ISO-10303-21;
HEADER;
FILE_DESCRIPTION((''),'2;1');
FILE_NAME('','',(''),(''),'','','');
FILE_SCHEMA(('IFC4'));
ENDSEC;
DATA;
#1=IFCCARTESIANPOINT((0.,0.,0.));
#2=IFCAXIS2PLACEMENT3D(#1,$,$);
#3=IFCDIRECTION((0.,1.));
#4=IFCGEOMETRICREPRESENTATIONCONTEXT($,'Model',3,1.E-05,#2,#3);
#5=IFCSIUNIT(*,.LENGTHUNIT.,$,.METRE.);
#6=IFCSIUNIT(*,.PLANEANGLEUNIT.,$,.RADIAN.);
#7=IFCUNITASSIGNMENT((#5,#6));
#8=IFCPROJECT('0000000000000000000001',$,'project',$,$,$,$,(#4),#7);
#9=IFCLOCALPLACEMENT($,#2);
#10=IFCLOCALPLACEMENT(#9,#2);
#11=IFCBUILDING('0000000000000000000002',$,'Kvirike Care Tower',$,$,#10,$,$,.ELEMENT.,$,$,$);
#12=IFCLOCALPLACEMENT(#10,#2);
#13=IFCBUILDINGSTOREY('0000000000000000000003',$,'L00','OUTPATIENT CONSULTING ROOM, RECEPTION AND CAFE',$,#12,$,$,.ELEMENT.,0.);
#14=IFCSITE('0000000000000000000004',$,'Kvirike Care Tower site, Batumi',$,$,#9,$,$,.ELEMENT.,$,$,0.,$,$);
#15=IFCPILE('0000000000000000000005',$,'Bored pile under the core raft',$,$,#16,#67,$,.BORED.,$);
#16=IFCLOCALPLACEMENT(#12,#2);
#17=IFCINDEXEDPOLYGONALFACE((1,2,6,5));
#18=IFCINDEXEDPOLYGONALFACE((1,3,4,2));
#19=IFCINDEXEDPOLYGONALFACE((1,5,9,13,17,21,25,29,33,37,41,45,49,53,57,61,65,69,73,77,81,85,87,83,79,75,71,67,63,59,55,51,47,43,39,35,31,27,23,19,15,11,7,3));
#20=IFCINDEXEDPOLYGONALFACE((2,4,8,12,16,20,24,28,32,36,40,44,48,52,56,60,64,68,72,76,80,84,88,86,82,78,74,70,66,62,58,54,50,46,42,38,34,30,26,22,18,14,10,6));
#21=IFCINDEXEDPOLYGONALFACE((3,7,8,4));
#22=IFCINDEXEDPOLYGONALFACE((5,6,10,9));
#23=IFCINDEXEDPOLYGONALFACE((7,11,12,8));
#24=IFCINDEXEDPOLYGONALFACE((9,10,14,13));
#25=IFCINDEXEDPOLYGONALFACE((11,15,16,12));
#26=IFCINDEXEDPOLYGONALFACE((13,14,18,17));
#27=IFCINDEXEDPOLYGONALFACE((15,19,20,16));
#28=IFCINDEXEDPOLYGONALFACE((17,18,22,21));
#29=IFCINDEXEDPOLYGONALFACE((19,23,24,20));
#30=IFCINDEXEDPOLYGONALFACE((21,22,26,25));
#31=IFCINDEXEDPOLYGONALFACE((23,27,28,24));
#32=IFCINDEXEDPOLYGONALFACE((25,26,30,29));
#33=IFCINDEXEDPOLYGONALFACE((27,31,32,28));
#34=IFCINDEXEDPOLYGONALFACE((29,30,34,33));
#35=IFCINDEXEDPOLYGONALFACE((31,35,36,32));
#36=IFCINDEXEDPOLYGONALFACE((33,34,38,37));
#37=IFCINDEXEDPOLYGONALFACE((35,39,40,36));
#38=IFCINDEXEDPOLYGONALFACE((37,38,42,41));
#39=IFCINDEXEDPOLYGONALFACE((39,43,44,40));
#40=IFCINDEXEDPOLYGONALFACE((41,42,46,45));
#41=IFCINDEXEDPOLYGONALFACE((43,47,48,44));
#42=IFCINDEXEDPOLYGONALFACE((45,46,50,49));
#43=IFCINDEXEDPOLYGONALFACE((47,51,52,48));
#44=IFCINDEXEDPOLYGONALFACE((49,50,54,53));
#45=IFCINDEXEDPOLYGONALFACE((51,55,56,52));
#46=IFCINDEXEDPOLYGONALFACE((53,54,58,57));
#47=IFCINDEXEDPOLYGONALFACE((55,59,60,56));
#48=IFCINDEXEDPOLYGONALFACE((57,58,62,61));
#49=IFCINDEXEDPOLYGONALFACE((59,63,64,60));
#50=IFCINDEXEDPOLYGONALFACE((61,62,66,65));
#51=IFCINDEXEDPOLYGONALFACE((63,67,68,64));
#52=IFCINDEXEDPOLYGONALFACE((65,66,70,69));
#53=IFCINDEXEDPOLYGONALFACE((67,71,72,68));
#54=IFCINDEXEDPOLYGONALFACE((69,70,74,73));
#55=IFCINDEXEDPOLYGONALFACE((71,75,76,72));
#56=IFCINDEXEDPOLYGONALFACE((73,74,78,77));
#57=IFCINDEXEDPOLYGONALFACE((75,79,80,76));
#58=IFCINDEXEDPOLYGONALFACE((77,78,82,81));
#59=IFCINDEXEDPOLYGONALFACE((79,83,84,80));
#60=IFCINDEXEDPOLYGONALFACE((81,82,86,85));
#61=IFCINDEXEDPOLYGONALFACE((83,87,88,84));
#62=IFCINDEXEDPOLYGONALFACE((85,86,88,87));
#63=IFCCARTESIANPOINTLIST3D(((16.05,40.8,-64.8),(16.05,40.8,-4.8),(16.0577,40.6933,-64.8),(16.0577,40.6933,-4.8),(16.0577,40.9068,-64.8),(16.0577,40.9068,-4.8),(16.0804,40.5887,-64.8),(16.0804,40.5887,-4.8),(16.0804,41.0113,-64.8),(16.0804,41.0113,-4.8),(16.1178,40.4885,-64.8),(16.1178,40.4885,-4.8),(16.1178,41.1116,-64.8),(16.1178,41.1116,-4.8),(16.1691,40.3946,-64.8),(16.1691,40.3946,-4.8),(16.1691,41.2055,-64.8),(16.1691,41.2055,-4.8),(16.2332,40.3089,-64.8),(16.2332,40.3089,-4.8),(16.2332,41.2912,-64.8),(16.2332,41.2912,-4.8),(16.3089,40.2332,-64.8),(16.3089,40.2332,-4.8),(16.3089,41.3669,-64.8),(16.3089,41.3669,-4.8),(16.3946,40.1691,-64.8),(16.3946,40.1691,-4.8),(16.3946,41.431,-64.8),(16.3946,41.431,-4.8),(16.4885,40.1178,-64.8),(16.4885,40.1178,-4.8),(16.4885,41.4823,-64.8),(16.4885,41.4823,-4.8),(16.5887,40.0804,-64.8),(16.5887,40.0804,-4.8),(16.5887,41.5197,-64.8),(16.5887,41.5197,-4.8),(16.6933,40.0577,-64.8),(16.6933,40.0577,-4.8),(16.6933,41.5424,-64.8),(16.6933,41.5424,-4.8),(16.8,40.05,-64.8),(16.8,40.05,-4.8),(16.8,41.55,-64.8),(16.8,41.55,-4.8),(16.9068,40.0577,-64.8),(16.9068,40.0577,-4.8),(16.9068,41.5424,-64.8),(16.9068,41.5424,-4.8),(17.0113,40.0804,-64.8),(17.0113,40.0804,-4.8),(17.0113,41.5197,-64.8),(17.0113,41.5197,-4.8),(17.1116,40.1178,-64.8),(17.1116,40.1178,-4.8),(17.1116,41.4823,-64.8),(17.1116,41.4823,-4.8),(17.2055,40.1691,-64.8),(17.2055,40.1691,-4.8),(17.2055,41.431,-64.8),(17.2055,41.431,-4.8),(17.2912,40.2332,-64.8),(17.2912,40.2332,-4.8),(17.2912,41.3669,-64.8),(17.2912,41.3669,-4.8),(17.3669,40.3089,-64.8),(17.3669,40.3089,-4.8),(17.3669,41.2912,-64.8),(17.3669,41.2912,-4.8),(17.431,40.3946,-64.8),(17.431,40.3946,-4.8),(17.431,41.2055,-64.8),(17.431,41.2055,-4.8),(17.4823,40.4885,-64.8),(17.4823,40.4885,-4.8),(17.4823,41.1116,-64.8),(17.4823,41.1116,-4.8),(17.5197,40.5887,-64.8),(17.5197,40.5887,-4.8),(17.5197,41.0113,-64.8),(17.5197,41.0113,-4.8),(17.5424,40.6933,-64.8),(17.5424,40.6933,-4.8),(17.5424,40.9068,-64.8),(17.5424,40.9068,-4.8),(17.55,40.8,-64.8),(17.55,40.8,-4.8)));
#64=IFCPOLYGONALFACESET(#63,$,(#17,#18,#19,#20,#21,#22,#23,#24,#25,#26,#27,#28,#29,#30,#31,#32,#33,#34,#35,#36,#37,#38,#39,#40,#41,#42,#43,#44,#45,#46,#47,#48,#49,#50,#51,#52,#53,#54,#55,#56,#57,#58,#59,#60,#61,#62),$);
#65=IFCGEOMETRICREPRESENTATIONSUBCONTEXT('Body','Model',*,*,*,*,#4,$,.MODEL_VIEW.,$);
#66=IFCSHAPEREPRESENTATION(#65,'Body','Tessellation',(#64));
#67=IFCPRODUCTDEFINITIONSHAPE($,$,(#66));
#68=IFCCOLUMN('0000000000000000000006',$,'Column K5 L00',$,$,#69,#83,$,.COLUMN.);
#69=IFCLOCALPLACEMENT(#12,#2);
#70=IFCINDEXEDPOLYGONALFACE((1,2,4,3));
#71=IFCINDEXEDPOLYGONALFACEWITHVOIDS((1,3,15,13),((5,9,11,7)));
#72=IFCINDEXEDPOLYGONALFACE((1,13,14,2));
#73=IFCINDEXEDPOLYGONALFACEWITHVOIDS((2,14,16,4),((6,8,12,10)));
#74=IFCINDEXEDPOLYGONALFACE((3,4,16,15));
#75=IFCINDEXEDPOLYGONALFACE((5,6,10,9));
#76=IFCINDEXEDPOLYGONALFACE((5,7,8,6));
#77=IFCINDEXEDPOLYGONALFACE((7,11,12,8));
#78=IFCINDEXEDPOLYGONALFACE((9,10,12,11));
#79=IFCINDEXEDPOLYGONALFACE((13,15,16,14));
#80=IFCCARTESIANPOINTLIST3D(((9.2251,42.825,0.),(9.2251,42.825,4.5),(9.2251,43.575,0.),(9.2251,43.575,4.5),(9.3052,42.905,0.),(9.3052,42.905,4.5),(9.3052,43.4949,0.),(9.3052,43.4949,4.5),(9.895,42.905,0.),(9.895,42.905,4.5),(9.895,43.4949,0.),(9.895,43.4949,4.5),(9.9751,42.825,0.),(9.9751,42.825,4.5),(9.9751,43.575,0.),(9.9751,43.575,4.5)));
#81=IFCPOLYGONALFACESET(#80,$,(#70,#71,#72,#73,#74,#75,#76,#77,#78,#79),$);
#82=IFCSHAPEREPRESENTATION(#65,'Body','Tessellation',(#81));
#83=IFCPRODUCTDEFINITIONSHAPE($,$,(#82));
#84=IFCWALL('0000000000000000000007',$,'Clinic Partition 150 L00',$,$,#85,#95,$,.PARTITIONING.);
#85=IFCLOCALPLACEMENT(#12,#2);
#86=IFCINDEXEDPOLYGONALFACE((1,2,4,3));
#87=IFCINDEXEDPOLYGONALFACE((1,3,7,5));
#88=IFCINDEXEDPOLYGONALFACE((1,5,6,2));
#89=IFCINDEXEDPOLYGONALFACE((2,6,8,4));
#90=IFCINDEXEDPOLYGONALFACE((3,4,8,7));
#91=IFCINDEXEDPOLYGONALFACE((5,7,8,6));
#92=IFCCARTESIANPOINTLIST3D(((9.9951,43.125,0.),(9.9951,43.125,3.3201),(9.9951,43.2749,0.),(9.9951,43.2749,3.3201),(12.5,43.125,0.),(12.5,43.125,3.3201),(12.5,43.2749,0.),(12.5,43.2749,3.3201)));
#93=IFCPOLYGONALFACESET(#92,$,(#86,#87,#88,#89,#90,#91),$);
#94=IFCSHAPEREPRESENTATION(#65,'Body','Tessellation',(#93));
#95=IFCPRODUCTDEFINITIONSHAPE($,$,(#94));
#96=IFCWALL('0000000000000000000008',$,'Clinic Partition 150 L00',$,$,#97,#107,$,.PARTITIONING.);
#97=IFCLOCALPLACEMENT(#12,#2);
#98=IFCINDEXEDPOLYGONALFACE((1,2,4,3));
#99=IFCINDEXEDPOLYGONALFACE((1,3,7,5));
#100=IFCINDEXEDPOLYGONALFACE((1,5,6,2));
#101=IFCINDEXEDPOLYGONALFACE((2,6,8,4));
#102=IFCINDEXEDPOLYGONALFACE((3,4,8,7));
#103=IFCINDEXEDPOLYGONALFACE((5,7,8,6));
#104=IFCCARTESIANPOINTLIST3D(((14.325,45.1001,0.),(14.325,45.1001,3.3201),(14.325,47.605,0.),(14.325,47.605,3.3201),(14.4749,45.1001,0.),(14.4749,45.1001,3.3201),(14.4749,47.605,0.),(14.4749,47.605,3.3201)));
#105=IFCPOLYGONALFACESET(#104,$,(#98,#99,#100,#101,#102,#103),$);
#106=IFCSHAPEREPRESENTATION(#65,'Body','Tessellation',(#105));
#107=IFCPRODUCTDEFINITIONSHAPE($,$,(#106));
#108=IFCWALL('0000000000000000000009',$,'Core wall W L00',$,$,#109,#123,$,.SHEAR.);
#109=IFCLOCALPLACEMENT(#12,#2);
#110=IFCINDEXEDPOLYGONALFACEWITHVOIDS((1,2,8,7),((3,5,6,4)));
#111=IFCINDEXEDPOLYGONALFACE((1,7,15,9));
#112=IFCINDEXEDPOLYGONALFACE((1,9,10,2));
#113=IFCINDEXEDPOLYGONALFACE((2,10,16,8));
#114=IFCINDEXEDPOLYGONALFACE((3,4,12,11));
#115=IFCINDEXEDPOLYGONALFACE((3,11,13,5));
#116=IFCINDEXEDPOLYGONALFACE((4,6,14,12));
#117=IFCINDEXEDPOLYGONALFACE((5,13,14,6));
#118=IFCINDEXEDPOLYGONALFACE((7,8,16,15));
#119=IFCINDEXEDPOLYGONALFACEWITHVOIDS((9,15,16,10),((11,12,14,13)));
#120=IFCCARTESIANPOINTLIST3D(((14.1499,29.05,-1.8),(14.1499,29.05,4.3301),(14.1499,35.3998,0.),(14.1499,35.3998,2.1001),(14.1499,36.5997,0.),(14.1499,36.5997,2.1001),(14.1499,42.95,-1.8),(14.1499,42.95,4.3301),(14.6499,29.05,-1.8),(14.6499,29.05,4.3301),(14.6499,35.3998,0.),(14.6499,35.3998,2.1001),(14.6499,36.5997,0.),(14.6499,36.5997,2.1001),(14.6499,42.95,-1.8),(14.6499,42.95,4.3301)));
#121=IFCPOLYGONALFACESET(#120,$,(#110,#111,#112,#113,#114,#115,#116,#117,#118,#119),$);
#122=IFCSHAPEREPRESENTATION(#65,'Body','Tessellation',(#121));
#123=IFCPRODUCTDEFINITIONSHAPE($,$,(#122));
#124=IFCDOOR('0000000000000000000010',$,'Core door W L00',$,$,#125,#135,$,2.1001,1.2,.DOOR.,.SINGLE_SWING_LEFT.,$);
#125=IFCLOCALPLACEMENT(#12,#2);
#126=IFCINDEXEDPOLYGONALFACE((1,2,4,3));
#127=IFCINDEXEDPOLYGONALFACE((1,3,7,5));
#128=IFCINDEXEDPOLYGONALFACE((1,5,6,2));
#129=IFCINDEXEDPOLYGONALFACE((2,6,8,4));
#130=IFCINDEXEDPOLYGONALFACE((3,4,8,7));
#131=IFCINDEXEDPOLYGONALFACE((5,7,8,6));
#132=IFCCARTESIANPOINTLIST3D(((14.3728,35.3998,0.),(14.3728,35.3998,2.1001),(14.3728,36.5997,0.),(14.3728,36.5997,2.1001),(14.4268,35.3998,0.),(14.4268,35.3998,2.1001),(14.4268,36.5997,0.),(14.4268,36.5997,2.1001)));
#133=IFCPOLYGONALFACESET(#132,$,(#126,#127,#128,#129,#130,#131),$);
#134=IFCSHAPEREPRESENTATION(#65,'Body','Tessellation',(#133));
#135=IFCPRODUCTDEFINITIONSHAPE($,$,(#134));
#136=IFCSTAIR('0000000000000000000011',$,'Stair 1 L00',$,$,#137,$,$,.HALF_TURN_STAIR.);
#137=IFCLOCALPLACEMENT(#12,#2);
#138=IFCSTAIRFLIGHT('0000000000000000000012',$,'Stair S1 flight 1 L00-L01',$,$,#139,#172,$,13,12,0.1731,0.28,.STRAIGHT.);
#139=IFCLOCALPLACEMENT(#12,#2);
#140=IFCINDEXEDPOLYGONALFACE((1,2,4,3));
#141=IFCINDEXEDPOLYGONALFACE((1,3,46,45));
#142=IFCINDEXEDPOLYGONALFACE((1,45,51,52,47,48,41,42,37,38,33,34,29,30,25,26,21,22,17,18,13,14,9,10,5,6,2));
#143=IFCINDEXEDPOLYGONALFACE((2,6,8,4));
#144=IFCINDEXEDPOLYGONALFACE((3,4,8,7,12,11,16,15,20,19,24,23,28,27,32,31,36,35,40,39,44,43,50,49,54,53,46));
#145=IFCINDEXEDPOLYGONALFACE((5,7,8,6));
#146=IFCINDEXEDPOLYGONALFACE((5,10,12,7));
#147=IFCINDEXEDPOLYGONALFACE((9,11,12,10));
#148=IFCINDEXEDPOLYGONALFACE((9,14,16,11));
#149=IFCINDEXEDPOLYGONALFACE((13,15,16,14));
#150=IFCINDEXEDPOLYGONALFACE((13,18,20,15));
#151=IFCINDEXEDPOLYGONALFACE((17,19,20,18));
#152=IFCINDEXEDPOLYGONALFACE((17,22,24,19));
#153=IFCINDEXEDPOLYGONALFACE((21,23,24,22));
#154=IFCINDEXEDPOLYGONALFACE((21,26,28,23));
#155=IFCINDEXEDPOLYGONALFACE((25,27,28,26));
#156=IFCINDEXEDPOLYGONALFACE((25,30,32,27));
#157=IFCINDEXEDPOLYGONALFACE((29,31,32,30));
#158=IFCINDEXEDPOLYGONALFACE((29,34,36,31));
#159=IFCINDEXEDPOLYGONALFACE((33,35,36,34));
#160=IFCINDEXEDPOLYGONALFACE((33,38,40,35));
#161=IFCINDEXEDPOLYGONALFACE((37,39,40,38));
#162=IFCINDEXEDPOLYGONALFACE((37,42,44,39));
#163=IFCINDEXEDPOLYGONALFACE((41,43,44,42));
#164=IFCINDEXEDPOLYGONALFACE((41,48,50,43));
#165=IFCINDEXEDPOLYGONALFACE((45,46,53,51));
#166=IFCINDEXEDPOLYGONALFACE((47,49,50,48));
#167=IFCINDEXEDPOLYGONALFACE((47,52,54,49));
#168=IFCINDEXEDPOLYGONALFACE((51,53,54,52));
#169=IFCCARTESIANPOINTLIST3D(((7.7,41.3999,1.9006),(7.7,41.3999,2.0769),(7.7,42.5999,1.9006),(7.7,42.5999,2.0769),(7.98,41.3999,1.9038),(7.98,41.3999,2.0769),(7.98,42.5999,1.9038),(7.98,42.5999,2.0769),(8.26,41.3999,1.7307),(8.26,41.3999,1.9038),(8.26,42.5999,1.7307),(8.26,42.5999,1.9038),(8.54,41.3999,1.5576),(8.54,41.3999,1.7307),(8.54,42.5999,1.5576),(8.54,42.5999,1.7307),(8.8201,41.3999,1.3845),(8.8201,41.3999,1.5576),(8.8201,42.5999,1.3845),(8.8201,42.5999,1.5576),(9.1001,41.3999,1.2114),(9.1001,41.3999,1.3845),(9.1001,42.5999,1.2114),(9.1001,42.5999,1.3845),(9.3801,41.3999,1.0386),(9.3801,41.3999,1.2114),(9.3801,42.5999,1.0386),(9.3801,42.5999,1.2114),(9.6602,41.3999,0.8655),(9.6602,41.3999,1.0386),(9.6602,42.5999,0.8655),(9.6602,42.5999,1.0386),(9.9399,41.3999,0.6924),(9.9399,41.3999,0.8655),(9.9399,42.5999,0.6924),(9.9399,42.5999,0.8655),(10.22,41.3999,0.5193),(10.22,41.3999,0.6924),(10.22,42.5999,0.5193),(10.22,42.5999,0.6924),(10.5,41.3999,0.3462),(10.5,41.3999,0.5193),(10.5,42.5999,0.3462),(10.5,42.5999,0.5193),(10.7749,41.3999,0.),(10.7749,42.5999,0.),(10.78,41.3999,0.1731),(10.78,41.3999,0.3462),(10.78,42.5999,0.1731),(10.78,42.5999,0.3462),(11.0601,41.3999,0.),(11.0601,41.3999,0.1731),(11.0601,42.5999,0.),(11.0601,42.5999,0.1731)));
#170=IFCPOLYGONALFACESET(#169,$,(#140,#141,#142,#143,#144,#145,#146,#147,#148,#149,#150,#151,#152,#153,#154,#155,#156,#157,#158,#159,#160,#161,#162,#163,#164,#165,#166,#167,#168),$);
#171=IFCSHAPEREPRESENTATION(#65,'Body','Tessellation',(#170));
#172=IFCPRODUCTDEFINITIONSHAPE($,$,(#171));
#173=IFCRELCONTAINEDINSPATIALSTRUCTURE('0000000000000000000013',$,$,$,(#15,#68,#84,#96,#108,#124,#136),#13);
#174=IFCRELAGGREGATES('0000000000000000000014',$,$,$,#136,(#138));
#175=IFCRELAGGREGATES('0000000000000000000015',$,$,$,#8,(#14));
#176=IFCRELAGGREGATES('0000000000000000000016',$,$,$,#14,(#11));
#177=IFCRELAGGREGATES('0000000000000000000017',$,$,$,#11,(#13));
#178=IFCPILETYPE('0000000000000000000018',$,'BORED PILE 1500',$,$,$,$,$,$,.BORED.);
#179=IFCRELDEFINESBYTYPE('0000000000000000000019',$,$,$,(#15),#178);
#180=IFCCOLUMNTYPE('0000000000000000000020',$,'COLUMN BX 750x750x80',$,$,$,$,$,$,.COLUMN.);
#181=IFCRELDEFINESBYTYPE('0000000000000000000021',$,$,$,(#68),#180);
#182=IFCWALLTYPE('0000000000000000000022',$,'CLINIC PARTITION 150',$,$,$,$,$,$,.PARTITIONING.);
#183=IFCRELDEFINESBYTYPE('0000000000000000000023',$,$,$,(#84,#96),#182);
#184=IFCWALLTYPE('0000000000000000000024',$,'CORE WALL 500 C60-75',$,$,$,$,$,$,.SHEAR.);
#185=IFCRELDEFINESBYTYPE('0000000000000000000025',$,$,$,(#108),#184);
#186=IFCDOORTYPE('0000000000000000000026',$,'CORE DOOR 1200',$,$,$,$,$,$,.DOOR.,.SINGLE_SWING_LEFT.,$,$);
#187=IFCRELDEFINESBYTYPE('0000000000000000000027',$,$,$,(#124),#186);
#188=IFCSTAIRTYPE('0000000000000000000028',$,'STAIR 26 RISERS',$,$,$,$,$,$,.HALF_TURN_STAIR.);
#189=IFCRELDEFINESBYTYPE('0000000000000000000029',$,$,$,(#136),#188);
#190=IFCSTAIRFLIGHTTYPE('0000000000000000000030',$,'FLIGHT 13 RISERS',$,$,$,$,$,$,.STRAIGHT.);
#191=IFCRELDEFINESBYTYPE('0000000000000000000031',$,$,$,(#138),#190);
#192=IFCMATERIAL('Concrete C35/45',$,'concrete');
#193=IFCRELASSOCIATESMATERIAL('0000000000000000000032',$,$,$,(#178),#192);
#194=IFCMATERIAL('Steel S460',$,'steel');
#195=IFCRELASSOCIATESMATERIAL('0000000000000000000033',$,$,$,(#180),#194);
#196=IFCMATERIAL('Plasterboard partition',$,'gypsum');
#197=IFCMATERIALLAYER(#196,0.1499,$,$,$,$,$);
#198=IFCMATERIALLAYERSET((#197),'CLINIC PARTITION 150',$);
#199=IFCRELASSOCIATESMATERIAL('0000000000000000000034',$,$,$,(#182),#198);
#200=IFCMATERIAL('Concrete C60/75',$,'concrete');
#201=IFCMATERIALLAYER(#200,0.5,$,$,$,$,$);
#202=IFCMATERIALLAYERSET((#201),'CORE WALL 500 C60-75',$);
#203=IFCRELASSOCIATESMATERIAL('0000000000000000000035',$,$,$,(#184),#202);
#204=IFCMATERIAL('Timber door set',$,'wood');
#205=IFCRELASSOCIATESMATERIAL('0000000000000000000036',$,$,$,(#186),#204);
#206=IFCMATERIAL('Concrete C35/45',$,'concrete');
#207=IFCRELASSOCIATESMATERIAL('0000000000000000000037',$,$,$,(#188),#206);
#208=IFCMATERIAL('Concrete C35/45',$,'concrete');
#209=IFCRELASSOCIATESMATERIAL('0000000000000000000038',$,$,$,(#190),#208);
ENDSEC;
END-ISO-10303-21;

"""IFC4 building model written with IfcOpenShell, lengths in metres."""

from ifc_helpers import new_model, si_unit, direction, frame, frame_2d, origin, origin_2d, place, context, subcontext, project, spatial, polyline, rectangle, hollow_rectangle, circle, outline, extrude, material, layer, layer_set, material_profile, profile_set, type_object, element, fill, aggregate, save


model = new_model("IFC4")

# Units and contexts
model_context = context("Model", 3, precision=1e-05, world=origin(), true_north=direction((0.0, 1.0)))
body_context = subcontext(model_context, "Body", "Model", "MODEL_VIEW")
ifc_project = project(units=[si_unit("LENGTHUNIT", "METRE"), si_unit("PLANEANGLEUNIT", "RADIAN")], contexts=[model_context])

# Site, building, storey
site_placement = place(None, origin())
site = spatial("IfcSite", under=ifc_project, at=site_placement, Name="Kvirike Care Tower site, Batumi", CompositionType="ELEMENT", RefElevation=0.0)
building_placement = place(site_placement, origin())
building = spatial("IfcBuilding", under=site, at=building_placement, Name="Kvirike Care Tower", CompositionType="ELEMENT")
storey_placement = place(building_placement, origin())
storey = spatial("IfcBuildingStorey", under=building, at=storey_placement, Name="L00", Description="OUTPATIENT CONSULTING ROOM, RECEPTION AND CAFE", CompositionType="ELEMENT", Elevation=0.0)

# Pile
ifc_material_1 = material(Name="Concrete C35/45", Category="concrete")
ifc_material_profile_1 = material_profile(ifc_material_1, circle(Radius=0.75, at=origin_2d()), Name="BORED PILE 1500")
ifc_profile_set_1 = profile_set([ifc_material_profile_1], Name="Concrete C35/45")
pile_type = type_object("IfcPileType", Name="BORED PILE 1500", PredefinedType="BORED", material=ifc_profile_set_1)
pile_placement = place(storey_placement, frame((16.8, 40.8, -4.8), z_axis=(0.0, 0.0, -1.0), x_axis=(1.0, 0.0, 0.0)))
element("IfcPile", 1, at=pile_placement, inside=storey, type_object=pile_type, Name="Bored pile under the core raft", PredefinedType="BORED", context=body_context, shape_type="SweptSolid", body=[
    extrude(circle(Radius=0.75, at=origin_2d()), origin(), (0.0, 0.0, 1.0), 60.0),
])

# Column
ifc_material_2 = material(Name="Steel S460", Category="steel")
ifc_material_profile_2 = material_profile(ifc_material_2, hollow_rectangle(XDim=0.75, YDim=0.75, WallThickness=0.0801, at=origin_2d()), Name="BX 750x750x80")
ifc_profile_set_2 = profile_set([ifc_material_profile_2], Name="Steel S460")
column_type = type_object("IfcColumnType", Name="COLUMN BX 750x750x80", PredefinedType="COLUMN", material=ifc_profile_set_2)
column_placement = place(storey_placement, frame((9.6001, 43.2, 0.0), z_axis=(0.0, 0.0, 1.0), x_axis=(0.0, 1.0, 0.0)))
element("IfcColumn", 2, at=column_placement, inside=storey, type_object=column_type, Name="Column K5 L00", PredefinedType="COLUMN", context=body_context, shape_type="SweptSolid", body=[
    extrude(hollow_rectangle(XDim=0.75, YDim=0.75, WallThickness=0.0801, at=origin_2d()), origin(), (0.0, 0.0, 1.0), 4.5),
])

# Walls
ifc_material_3 = material(Name="Plasterboard partition", Category="gypsum")
ifc_layer_1 = layer(ifc_material_3, 0.1499)
ifc_layer_set_1 = layer_set([ifc_layer_1], Name="CLINIC PARTITION 150")
wall_type_1 = type_object("IfcWallType", Name="CLINIC PARTITION 150", PredefinedType="PARTITIONING", material=ifc_layer_set_1)
for number, where, z_axis, x_axis, name in (
    (3, (12.5, 43.2, 0.0), (0.0, 0.0, 1.0), (-1.0, 0.0, 0.0), "Clinic Partition 150 L00"),
    (4, (14.3999, 45.1001, 0.0), (0.0, 0.0, 1.0), (0.0, 1.0, 0.0), "Clinic Partition 150 L00"),
):
    element("IfcWall", number, at=place(storey_placement, frame(where, z_axis=z_axis, x_axis=x_axis)), inside=storey, type_object=wall_type_1, Name=name, PredefinedType="PARTITIONING", context=body_context, shape_type="SweptSolid", body=[
        extrude(rectangle(XDim=2.5049, YDim=0.1499, at=frame_2d((1.2524, 0.0))), origin(), (0.0, 0.0, 1.0), 3.3201),
    ])

# Wall, opening, door
ifc_material_4 = material(Name="Concrete C60/75", Category="concrete")
ifc_layer_2 = layer(ifc_material_4, 0.5)
ifc_layer_set_2 = layer_set([ifc_layer_2], Name="CORE WALL 500 C60-75")
wall_type_2 = type_object("IfcWallType", Name="CORE WALL 500 C60-75", PredefinedType="SHEAR", material=ifc_layer_set_2)
wall_1_placement = place(storey_placement, frame((14.3999, 42.95, -1.8), z_axis=(0.0, 0.0, 1.0), x_axis=(0.0, -1.0, 0.0)))
wall_1 = element("IfcWall", 5, at=wall_1_placement, inside=storey, type_object=wall_type_2, Name="Core wall W L00", PredefinedType="SHEAR", context=body_context, shape_type="SweptSolid", body=[
    extrude(rectangle(XDim=13.8999, YDim=0.5, at=frame_2d((6.95, 0.0))), origin(), (0.0, 0.0, 1.0), 6.1301),
])
opening_1_placement = place(wall_1_placement, frame((6.3501, 0.0, 1.8)))
opening_1 = element("IfcOpeningElement", 6, at=opening_1_placement, cuts=wall_1, PredefinedType="OPENING", context=body_context, shape_type="SweptSolid", body=[
    extrude(rectangle(XDim=1.2, YDim=2.1001, at=frame_2d((0.6001, 1.05))), frame((0.0, 0.2605, 0.0), z_axis=(0.0, -1.0, 0.0), x_axis=(1.0, 0.0, 0.0)), (0.0, 0.0, 1.0), 0.521),
])
ifc_material_5 = material(Name="Timber door set", Category="wood")
door_type_1 = type_object("IfcDoorType", Name="CORE DOOR 1200", OperationType="SINGLE_SWING_LEFT", PredefinedType="DOOR", material=ifc_material_5)
door_1_placement = place(opening_1_placement, origin())
door_1 = element("IfcDoor", 7, at=door_1_placement, inside=storey, type_object=door_type_1, Name="Core door W L00", OperationType="SINGLE_SWING_LEFT", OverallHeight=2.1001, OverallWidth=1.2, PredefinedType="DOOR", context=body_context, shape_type="SweptSolid", body=[
    extrude(rectangle(XDim=1.2, YDim=2.1001, at=frame_2d((0.6001, 1.05))), frame((0.0, 0.0269, 0.0), z_axis=(0.0, -1.0, 0.0), x_axis=(1.0, 0.0, 0.0)), (0.0, 0.0, 1.0), 0.054),
])
fill(opening_1, door_1)

# Stair, stair flight
ifc_material_6 = material(Name="Concrete C35/45", Category="concrete")
stair_type = type_object("IfcStairType", Name="STAIR 26 RISERS", PredefinedType="HALF_TURN_STAIR", material=ifc_material_6)
stair_placement = place(storey_placement, origin())
stair = element("IfcStair", 8, at=stair_placement, inside=storey, type_object=stair_type, Name="Stair 1 L00", PredefinedType="HALF_TURN_STAIR")
ifc_material_7 = material(Name="Concrete C35/45", Category="concrete")
stair_flight_type = type_object("IfcStairFlightType", Name="FLIGHT 13 RISERS", PredefinedType="STRAIGHT", material=ifc_material_7)
stair_flight_placement = place(storey_placement, frame((11.0601, 42.0, 0.0), z_axis=(0.0, 0.0, 1.0), x_axis=(-1.0, 0.0, 0.0)))
stair_flight = element("IfcStairFlight", 9, at=stair_flight_placement, type_object=stair_flight_type, Name="Stair S1 flight 1 L00-L01", NumberOfRisers=13, NumberOfTreads=12, PredefinedType="STRAIGHT", RiserHeight=0.1731, TreadLength=0.28, context=body_context, shape_type="SweptSolid", body=[
    extrude(outline(polyline([(0.0, 0.0), (0.0, 0.1731), (0.28, 0.1731), (0.28, 0.3462), (0.5601, 0.3462), (0.5601, 0.5193), (0.8401, 0.5193), (0.8401, 0.6924), (1.1201, 0.6924), (1.1201, 0.8655), (1.3999, 0.8655), (1.3999, 1.0386), (1.6799, 1.0386), (1.6799, 1.2114), (1.96, 1.2114), (1.96, 1.3845), (2.24, 1.3845), (2.24, 1.5576), (2.52, 1.5576), (2.52, 1.7307), (2.8, 1.7307), (2.8, 1.9038), (3.0801, 1.9038), (3.0801, 2.0769), (3.3601, 2.0769), (3.3601, 2.25), (3.3601, 1.9006), (0.2852, 0.0), (0.0, 0.0)])), frame((0.0, 0.6001, 0.0), z_axis=(0.0, -1.0, 0.0), x_axis=(1.0, 0.0, 0.0)), (0.0, 0.0, 1.0), 1.2),
])
aggregate(stair, [stair_flight])

save(model, "model.ifc")
